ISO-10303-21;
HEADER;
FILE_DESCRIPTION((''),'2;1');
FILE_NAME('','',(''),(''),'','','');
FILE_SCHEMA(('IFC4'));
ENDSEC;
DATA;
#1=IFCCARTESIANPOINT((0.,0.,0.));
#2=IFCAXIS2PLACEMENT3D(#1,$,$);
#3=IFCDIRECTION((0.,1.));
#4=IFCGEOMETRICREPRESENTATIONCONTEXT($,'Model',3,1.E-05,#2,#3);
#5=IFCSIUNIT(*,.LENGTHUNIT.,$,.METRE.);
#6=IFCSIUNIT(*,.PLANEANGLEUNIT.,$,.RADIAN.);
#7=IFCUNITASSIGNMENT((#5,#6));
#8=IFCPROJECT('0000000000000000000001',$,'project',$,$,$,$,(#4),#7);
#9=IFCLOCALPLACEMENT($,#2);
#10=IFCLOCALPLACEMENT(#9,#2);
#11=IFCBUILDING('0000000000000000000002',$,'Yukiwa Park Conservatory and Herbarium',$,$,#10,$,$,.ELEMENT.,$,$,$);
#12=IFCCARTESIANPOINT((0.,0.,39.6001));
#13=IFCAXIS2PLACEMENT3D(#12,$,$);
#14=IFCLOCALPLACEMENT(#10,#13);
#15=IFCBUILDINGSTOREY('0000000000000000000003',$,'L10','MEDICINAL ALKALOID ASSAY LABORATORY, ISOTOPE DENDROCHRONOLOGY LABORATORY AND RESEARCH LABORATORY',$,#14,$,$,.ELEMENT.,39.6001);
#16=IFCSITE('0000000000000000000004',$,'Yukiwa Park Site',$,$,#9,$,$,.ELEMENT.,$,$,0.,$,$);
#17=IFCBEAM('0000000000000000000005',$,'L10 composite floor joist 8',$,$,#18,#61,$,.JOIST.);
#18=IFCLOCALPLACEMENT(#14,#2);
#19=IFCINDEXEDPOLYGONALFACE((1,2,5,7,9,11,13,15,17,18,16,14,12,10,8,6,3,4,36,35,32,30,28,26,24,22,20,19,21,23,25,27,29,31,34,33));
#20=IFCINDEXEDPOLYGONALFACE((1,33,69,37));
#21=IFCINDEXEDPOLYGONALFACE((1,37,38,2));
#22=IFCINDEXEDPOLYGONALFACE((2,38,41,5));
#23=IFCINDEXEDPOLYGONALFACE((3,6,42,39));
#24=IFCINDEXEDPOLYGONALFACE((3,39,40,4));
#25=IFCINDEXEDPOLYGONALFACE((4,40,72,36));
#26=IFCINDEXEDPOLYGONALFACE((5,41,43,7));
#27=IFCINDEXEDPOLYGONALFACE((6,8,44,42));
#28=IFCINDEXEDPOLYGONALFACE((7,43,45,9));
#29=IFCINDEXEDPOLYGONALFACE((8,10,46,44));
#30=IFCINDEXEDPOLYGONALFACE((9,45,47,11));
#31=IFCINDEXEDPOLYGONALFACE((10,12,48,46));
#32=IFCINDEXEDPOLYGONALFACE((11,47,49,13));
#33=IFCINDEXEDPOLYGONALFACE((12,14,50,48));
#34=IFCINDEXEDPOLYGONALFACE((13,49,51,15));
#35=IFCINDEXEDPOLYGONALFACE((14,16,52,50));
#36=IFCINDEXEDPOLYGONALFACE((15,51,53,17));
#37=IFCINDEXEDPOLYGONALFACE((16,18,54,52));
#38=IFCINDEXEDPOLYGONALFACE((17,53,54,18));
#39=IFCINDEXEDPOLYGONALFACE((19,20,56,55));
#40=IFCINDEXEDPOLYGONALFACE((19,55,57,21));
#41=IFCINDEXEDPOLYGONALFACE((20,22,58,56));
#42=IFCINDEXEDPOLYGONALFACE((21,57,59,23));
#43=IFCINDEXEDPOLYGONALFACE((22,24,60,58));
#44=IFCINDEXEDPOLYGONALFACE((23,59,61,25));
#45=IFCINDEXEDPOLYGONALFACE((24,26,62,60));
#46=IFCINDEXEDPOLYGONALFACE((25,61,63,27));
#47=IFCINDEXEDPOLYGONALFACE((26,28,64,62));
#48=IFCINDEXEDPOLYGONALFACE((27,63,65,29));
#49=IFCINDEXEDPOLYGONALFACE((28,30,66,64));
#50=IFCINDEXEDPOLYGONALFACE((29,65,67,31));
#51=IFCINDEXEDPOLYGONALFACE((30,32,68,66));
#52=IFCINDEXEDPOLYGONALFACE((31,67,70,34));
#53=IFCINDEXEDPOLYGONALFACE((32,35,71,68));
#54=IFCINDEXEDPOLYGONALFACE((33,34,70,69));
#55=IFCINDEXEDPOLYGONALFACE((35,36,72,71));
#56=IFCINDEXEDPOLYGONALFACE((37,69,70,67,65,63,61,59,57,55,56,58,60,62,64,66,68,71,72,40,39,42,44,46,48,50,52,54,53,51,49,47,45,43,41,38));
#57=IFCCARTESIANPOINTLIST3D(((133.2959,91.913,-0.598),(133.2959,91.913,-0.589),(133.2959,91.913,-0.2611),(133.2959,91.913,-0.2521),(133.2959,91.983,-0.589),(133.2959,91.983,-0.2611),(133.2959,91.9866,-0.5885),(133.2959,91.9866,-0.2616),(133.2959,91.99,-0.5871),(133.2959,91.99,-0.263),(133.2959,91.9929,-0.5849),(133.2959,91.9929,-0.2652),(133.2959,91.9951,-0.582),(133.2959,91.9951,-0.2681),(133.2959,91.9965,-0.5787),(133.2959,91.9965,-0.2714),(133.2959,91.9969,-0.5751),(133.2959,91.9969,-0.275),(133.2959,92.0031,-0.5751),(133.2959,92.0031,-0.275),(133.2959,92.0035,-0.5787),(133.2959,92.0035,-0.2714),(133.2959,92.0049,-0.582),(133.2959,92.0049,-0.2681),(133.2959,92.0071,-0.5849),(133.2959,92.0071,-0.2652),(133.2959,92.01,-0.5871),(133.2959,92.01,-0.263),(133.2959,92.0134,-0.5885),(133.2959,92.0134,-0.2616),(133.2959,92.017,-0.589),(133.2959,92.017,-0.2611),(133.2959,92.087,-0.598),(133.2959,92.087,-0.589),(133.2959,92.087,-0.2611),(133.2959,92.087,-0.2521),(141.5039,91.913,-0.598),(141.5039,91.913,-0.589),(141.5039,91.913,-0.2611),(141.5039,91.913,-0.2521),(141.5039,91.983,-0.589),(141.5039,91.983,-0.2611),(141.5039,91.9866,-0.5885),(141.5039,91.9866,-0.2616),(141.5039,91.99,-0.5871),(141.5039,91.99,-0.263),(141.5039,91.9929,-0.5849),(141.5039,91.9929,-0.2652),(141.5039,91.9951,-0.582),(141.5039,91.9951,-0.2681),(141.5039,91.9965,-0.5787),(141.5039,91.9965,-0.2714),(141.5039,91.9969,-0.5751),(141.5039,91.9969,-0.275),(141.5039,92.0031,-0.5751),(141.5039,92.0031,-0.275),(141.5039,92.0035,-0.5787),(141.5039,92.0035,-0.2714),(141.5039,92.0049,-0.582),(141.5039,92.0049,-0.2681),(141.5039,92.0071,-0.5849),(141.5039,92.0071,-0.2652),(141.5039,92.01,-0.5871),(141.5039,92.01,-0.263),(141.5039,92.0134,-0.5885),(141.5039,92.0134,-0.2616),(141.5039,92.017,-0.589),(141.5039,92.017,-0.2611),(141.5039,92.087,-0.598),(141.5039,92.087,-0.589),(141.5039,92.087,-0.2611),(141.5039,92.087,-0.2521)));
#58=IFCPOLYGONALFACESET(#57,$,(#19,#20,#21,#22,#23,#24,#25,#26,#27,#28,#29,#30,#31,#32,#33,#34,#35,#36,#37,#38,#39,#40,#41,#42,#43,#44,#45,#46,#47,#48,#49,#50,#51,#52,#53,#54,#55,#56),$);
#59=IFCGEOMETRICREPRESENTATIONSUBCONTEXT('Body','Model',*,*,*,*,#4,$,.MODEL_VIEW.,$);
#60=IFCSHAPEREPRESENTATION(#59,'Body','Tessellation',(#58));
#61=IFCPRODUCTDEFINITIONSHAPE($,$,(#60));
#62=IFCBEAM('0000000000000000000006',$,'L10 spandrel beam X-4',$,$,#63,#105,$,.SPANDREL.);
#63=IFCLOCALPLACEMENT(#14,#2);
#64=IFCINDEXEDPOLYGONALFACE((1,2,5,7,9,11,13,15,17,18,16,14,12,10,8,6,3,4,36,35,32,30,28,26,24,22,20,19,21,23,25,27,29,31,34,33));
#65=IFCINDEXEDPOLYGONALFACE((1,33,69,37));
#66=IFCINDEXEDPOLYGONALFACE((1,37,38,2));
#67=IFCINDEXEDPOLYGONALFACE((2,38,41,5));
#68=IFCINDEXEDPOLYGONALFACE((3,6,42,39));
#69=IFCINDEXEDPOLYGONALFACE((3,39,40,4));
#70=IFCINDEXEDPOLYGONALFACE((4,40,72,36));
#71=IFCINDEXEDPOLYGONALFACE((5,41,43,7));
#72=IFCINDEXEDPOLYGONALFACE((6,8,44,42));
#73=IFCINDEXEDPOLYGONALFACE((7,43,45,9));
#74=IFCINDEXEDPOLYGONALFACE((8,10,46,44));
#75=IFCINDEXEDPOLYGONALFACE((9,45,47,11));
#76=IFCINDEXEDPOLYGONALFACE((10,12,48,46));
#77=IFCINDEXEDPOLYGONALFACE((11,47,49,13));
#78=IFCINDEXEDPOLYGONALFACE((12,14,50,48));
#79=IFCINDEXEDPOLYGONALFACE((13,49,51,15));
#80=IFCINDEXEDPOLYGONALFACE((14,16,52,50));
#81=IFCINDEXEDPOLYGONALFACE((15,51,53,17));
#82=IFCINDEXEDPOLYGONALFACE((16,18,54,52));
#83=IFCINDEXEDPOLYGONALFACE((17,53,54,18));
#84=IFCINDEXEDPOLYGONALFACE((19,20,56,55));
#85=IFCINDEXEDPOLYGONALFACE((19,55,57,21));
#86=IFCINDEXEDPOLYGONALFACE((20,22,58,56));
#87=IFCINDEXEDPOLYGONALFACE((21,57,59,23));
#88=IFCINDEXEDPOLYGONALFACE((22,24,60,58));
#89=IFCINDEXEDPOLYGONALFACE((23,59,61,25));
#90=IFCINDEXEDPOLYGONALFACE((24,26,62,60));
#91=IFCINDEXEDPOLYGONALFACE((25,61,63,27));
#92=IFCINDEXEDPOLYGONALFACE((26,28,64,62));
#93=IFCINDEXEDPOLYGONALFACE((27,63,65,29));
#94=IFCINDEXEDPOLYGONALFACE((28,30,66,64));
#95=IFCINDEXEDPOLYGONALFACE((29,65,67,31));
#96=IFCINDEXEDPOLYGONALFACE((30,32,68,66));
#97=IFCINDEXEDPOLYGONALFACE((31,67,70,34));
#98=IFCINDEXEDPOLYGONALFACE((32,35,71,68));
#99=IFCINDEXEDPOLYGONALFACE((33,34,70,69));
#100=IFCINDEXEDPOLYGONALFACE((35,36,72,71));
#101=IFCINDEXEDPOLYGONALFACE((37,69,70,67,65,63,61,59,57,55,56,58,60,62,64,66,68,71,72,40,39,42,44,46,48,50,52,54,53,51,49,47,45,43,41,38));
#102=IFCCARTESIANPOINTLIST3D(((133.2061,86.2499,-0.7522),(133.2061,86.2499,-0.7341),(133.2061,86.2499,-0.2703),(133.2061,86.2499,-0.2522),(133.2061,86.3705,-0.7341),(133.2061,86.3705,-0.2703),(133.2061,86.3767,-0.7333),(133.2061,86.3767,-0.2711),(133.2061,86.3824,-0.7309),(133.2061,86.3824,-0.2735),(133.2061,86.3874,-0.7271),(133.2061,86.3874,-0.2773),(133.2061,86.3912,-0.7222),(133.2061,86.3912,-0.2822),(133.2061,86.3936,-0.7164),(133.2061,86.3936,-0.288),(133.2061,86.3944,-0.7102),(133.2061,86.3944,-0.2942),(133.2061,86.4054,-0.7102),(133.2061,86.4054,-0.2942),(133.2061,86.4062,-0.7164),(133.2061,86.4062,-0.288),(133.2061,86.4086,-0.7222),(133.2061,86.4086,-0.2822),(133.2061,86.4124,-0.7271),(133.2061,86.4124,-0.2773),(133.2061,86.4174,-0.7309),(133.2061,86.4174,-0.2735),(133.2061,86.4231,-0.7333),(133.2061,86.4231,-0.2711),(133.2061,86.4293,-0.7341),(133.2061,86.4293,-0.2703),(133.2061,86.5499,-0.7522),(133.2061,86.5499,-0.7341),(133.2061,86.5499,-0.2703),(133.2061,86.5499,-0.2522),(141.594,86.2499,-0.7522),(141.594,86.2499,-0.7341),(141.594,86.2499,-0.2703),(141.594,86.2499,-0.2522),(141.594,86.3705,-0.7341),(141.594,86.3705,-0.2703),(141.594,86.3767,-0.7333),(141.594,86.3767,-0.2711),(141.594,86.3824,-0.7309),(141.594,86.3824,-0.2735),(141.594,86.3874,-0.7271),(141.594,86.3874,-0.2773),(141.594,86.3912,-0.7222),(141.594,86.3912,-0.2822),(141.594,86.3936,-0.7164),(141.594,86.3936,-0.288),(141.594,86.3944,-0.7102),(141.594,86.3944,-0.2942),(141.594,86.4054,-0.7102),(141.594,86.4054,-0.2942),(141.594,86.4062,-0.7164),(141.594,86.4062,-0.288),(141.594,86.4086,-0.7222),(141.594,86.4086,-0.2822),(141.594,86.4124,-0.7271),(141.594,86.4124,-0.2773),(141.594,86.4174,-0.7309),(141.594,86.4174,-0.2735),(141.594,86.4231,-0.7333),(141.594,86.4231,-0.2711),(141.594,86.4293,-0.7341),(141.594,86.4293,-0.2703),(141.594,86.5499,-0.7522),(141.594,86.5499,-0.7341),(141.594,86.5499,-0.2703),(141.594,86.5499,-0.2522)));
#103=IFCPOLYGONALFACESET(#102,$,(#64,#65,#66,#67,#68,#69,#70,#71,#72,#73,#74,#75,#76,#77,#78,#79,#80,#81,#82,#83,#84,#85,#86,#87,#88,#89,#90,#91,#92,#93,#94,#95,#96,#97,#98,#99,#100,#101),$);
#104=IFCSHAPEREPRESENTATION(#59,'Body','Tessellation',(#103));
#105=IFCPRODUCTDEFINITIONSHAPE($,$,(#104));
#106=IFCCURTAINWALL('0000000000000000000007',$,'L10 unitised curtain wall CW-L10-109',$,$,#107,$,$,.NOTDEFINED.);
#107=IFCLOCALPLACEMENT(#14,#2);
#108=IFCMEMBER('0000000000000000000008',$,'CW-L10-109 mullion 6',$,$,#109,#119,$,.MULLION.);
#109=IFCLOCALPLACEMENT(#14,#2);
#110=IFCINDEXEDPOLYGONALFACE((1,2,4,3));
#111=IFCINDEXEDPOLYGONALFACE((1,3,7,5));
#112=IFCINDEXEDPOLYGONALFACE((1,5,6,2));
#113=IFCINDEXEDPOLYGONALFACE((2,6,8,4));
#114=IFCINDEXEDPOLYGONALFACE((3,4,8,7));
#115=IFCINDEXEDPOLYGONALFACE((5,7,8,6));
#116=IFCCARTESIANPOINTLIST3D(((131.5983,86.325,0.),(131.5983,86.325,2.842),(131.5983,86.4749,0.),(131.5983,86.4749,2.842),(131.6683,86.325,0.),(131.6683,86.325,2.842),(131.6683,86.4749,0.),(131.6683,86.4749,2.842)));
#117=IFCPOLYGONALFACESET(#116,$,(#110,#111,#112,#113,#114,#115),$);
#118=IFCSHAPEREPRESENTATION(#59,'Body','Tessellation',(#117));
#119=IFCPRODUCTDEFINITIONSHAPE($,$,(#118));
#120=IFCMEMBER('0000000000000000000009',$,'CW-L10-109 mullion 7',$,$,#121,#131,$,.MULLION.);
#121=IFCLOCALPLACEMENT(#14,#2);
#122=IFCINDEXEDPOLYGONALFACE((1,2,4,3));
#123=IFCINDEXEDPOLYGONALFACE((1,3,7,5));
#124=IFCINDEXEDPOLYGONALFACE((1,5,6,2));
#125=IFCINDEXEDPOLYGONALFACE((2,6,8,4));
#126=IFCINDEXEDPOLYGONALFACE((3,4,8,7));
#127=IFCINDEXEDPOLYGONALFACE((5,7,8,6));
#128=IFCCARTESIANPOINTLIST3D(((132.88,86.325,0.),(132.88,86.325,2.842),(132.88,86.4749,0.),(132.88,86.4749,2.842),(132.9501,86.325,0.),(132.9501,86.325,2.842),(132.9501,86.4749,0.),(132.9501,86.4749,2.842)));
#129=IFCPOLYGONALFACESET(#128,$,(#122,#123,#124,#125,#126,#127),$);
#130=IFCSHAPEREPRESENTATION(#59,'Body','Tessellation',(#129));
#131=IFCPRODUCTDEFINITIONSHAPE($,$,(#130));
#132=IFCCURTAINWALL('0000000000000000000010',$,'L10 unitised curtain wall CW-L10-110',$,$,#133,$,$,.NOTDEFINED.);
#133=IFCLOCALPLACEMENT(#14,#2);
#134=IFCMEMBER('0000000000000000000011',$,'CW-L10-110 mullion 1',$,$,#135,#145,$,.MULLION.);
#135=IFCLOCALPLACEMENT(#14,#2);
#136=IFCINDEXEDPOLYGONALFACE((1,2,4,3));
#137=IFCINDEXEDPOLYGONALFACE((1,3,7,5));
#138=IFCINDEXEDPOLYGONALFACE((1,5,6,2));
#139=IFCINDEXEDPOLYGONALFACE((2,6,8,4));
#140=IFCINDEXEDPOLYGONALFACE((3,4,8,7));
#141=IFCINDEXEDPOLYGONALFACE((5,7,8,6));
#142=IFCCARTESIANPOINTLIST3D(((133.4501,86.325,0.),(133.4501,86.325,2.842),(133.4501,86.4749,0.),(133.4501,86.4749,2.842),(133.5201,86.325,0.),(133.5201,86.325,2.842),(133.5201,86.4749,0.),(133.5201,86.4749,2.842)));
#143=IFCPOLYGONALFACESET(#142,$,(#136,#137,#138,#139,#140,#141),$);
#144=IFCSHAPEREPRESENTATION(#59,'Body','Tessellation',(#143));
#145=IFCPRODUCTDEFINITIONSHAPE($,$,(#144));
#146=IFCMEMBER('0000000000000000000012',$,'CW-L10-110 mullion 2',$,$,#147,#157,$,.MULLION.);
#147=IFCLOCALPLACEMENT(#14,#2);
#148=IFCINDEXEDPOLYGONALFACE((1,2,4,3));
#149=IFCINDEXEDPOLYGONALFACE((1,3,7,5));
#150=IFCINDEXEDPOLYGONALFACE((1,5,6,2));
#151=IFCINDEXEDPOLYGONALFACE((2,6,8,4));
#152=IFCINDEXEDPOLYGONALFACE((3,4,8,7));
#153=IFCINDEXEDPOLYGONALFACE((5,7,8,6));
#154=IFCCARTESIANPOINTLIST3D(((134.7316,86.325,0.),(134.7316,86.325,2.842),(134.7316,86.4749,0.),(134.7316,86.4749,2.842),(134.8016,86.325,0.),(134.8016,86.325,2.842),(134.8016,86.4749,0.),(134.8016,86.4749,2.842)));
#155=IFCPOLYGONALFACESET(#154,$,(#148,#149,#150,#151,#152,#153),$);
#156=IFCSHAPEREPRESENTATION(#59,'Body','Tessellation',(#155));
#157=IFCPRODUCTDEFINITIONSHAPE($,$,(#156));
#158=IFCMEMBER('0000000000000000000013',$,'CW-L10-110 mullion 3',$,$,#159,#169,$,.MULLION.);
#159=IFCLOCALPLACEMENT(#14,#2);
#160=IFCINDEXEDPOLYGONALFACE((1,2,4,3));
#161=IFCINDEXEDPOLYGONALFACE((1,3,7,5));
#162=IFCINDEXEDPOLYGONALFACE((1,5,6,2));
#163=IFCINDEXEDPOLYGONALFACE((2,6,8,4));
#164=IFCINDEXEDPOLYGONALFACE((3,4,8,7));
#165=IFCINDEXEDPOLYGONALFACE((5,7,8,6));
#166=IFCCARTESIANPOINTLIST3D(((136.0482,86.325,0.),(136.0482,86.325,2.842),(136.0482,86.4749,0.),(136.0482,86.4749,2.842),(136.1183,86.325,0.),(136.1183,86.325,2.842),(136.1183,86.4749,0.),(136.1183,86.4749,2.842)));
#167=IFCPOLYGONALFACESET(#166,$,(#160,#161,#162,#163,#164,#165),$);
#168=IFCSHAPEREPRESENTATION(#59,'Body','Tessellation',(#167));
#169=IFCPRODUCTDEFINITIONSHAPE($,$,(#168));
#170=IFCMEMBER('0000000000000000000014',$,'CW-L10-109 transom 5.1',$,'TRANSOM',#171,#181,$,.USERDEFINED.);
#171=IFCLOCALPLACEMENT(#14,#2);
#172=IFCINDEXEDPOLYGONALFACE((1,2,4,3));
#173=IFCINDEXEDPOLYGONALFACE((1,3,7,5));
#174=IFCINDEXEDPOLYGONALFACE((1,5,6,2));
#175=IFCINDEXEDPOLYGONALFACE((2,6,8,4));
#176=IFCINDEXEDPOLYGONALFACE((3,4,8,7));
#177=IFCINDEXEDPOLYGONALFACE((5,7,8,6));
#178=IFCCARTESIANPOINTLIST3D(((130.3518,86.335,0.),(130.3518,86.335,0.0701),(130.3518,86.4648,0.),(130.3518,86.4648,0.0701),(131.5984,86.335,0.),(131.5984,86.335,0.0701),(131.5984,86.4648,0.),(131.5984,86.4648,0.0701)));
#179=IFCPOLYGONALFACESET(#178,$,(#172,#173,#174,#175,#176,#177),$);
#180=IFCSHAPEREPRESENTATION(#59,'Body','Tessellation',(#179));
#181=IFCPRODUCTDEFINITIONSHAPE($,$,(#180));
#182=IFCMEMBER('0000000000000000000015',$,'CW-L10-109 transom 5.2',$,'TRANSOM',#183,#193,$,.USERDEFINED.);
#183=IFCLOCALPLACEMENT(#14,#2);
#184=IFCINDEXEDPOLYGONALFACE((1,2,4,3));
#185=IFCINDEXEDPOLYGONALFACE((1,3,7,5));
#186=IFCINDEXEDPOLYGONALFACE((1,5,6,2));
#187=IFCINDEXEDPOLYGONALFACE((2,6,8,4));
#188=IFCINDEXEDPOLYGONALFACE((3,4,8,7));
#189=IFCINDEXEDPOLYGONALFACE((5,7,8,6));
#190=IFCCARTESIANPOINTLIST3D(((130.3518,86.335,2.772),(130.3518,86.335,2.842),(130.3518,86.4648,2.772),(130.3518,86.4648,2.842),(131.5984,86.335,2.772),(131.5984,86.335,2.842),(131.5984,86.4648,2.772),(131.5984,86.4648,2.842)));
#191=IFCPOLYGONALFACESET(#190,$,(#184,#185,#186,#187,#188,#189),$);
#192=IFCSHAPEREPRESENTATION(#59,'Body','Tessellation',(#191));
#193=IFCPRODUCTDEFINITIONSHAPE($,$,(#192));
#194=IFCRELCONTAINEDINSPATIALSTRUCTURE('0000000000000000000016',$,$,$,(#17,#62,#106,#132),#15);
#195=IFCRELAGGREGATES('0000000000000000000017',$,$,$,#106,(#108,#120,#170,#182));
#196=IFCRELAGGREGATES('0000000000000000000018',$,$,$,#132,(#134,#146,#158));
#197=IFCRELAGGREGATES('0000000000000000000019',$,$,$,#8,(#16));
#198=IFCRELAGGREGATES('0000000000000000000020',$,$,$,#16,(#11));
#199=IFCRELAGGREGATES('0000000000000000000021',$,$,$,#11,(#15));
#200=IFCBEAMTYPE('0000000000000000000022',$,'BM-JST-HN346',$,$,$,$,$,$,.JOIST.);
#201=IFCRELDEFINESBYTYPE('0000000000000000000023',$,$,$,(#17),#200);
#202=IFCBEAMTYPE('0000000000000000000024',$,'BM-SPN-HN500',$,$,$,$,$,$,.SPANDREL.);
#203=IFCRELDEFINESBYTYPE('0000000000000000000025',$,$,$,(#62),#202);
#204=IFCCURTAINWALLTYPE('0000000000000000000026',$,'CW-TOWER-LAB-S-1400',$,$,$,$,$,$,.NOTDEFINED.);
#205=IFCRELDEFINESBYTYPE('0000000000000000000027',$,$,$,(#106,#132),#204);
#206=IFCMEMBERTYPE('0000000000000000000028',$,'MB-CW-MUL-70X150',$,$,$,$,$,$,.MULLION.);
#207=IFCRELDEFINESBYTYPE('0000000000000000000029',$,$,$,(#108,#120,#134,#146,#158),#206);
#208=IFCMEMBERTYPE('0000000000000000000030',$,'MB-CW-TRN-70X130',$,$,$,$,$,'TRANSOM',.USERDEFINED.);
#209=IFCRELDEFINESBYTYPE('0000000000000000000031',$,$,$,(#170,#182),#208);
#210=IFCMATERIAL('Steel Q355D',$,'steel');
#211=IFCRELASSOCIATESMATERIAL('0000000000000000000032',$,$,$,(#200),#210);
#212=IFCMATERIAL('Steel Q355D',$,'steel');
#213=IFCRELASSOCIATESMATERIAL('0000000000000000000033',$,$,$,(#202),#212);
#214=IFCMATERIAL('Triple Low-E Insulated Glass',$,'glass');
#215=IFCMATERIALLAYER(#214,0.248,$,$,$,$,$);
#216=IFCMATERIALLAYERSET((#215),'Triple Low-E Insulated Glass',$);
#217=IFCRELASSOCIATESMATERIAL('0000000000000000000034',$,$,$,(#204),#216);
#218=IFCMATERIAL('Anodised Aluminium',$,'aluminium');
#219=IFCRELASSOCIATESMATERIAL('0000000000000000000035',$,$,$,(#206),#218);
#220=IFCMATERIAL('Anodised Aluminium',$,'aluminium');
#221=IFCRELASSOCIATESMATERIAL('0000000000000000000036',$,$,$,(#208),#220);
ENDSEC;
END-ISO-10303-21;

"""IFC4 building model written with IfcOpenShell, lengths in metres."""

from ifc_helpers import new_model, si_unit, direction, frame, origin, origin_2d, place, context, subcontext, project, spatial, rectangle, i_section, extrude, material, layer, layer_set, material_profile, profile_set, type_object, element, aggregate, save


model = new_model("IFC4")

# Units and contexts
model_context = context("Model", 3, precision=1e-05, world=origin(), true_north=direction((0.0, 1.0)))
body_context = subcontext(model_context, "Body", "Model", "MODEL_VIEW")
ifc_project = project(units=[si_unit("LENGTHUNIT", "METRE"), si_unit("PLANEANGLEUNIT", "RADIAN")], contexts=[model_context])

# Site, building, storey
site_placement = place(None, origin())
site = spatial("IfcSite", under=ifc_project, at=site_placement, Name="Yukiwa Park Site", CompositionType="ELEMENT", RefElevation=0.0)
building_placement = place(site_placement, origin())
building = spatial("IfcBuilding", under=site, at=building_placement, Name="Yukiwa Park Conservatory and Herbarium", CompositionType="ELEMENT")
storey_placement = place(building_placement, frame((0.0, 0.0, 39.6001)))
storey = spatial("IfcBuildingStorey", under=building, at=storey_placement, Name="L10", Description="MEDICINAL ALKALOID ASSAY LABORATORY, ISOTOPE DENDROCHRONOLOGY LABORATORY AND RESEARCH LABORATORY", CompositionType="ELEMENT", Elevation=39.6001)

# Beams
ifc_material_1 = material(Name="Steel Q355D", Category="steel")
ifc_material_profile_1 = material_profile(ifc_material_1, i_section(OverallWidth=0.1741, OverallDepth=0.3459, WebThickness=0.0061, FlangeThickness=0.009, FilletRadius=0.0139, at=origin_2d()), Name="HN 346x174x6x9")
ifc_profile_set_1 = profile_set([ifc_material_profile_1], Name="Steel Q355D")
beam_type_1 = type_object("IfcBeamType", Name="BM-JST-HN346", PredefinedType="JOIST", material=ifc_profile_set_1)
for number, where, z_axis, x_axis, name in (
    (1, (133.2959, 92.0, -0.425), (1.0, 0.0, 0.0), (0.0, 1.0, 0.0), "L10 composite floor joist 8"),
):
    element("IfcBeam", number, at=place(storey_placement, frame(where, z_axis=z_axis, x_axis=x_axis)), inside=storey, type_object=beam_type_1, Name=name, PredefinedType="JOIST", context=body_context, shape_type="SweptSolid", body=[
        extrude(i_section(OverallWidth=0.1741, OverallDepth=0.3459, WebThickness=0.0061, FlangeThickness=0.009, FilletRadius=0.0139, at=origin_2d()), origin(), (0.0, 0.0, 1.0), 8.208),
    ])
ifc_material_2 = material(Name="Steel Q355D", Category="steel")
ifc_material_profile_2 = material_profile(ifc_material_2, i_section(OverallWidth=0.3, OverallDepth=0.5, WebThickness=0.011, FlangeThickness=0.0181, FilletRadius=0.0239, at=origin_2d()), Name="HM 500x300x11x18")
ifc_profile_set_2 = profile_set([ifc_material_profile_2], Name="Steel Q355D")
beam_type_2 = type_object("IfcBeamType", Name="BM-SPN-HN500", PredefinedType="SPANDREL", material=ifc_profile_set_2)
beam_1_placement = place(storey_placement, frame((133.2061, 86.3999, -0.5022), z_axis=(1.0, 0.0, 0.0), x_axis=(0.0, 1.0, 0.0)))
element("IfcBeam", 2, at=beam_1_placement, inside=storey, type_object=beam_type_2, Name="L10 spandrel beam X-4", PredefinedType="SPANDREL", context=body_context, shape_type="SweptSolid", body=[
    extrude(i_section(OverallWidth=0.3, OverallDepth=0.5, WebThickness=0.011, FlangeThickness=0.0181, FilletRadius=0.0239, at=origin_2d()), origin(), (0.0, 0.0, 1.0), 8.3879),
])

# Curtain walls, members
ifc_material_3 = material(Name="Triple Low-E Insulated Glass", Category="glass")
ifc_layer_1 = layer(ifc_material_3, 0.248)
ifc_layer_set_1 = layer_set([ifc_layer_1], Name="Triple Low-E Insulated Glass")
curtain_wall_type = type_object("IfcCurtainWallType", Name="CW-TOWER-LAB-S-1400", PredefinedType="NOTDEFINED", material=ifc_layer_set_1)
curtain_wall_1_placement = place(storey_placement, origin())
curtain_wall_1 = element("IfcCurtainWall", 3, at=curtain_wall_1_placement, inside=storey, type_object=curtain_wall_type, Name="L10 unitised curtain wall CW-L10-109", PredefinedType="NOTDEFINED")
ifc_material_4 = material(Name="Anodised Aluminium", Category="aluminium")
member_type_1 = type_object("IfcMemberType", Name="MB-CW-MUL-70X150", PredefinedType="MULLION", material=ifc_material_4)
member_1_placement = place(storey_placement, frame((131.6333, 86.3999, 0.0), z_axis=(0.0, 0.0, 1.0), x_axis=(1.0, 0.0, 0.0)))
member_1 = element("IfcMember", 4, at=member_1_placement, type_object=member_type_1, Name="CW-L10-109 mullion 6", PredefinedType="MULLION", context=body_context, shape_type="SweptSolid", body=[
    extrude(rectangle(XDim=0.0701, YDim=0.1499, at=origin_2d()), origin(), (0.0, 0.0, 1.0), 2.842),
])
member_2_placement = place(storey_placement, frame((132.915, 86.3999, 0.0), z_axis=(0.0, 0.0, 1.0), x_axis=(1.0, 0.0, 0.0)))
member_2 = element("IfcMember", 5, at=member_2_placement, type_object=member_type_1, Name="CW-L10-109 mullion 7", PredefinedType="MULLION", context=body_context, shape_type="SweptSolid", body=[
    extrude(rectangle(XDim=0.0701, YDim=0.1499, at=origin_2d()), origin(), (0.0, 0.0, 1.0), 2.842),
])
curtain_wall_2_placement = place(storey_placement, origin())
curtain_wall_2 = element("IfcCurtainWall", 6, at=curtain_wall_2_placement, inside=storey, type_object=curtain_wall_type, Name="L10 unitised curtain wall CW-L10-110", PredefinedType="NOTDEFINED")
member_3_placement = place(storey_placement, frame((133.4851, 86.3999, 0.0), z_axis=(0.0, 0.0, 1.0), x_axis=(1.0, 0.0, 0.0)))
member_3 = element("IfcMember", 7, at=member_3_placement, type_object=member_type_1, Name="CW-L10-110 mullion 1", PredefinedType="MULLION", context=body_context, shape_type="SweptSolid", body=[
    extrude(rectangle(XDim=0.0701, YDim=0.1499, at=origin_2d()), origin(), (0.0, 0.0, 1.0), 2.842),
])
member_4_placement = place(storey_placement, frame((134.7666, 86.3999, 0.0), z_axis=(0.0, 0.0, 1.0), x_axis=(1.0, 0.0, 0.0)))
member_4 = element("IfcMember", 8, at=member_4_placement, type_object=member_type_1, Name="CW-L10-110 mullion 2", PredefinedType="MULLION", context=body_context, shape_type="SweptSolid", body=[
    extrude(rectangle(XDim=0.0701, YDim=0.1499, at=origin_2d()), origin(), (0.0, 0.0, 1.0), 2.842),
])
member_5_placement = place(storey_placement, frame((136.0833, 86.3999, 0.0), z_axis=(0.0, 0.0, 1.0), x_axis=(1.0, 0.0, 0.0)))
member_5 = element("IfcMember", 9, at=member_5_placement, type_object=member_type_1, Name="CW-L10-110 mullion 3", PredefinedType="MULLION", context=body_context, shape_type="SweptSolid", body=[
    extrude(rectangle(XDim=0.0701, YDim=0.1499, at=origin_2d()), origin(), (0.0, 0.0, 1.0), 2.842),
])

# Members
ifc_material_5 = material(Name="Anodised Aluminium", Category="aluminium")
member_type_2 = type_object("IfcMemberType", Name="MB-CW-TRN-70X130", ElementType="TRANSOM", PredefinedType="USERDEFINED", material=ifc_material_5)
member_6_placement = place(storey_placement, frame((130.9751, 86.3999, 0.0), z_axis=(0.0, 0.0, 1.0), x_axis=(1.0, 0.0, 0.0)))
member_6 = element("IfcMember", 10, at=member_6_placement, type_object=member_type_2, Name="CW-L10-109 transom 5.1", ObjectType="TRANSOM", PredefinedType="USERDEFINED", context=body_context, shape_type="SweptSolid", body=[
    extrude(rectangle(XDim=1.2466, YDim=0.1299, at=origin_2d()), origin(), (0.0, 0.0, 1.0), 0.0701),
])
member_7_placement = place(storey_placement, frame((130.9751, 86.3999, 2.772), z_axis=(0.0, 0.0, 1.0), x_axis=(1.0, 0.0, 0.0)))
member_7 = element("IfcMember", 11, at=member_7_placement, type_object=member_type_2, Name="CW-L10-109 transom 5.2", ObjectType="TRANSOM", PredefinedType="USERDEFINED", context=body_context, shape_type="SweptSolid", body=[
    extrude(rectangle(XDim=1.2466, YDim=0.1299, at=origin_2d()), origin(), (0.0, 0.0, 1.0), 0.0701),
])

aggregate(curtain_wall_1, [member_1, member_2, member_6, member_7])
aggregate(curtain_wall_2, [member_3, member_4, member_5])

save(model, "model.ifc")
